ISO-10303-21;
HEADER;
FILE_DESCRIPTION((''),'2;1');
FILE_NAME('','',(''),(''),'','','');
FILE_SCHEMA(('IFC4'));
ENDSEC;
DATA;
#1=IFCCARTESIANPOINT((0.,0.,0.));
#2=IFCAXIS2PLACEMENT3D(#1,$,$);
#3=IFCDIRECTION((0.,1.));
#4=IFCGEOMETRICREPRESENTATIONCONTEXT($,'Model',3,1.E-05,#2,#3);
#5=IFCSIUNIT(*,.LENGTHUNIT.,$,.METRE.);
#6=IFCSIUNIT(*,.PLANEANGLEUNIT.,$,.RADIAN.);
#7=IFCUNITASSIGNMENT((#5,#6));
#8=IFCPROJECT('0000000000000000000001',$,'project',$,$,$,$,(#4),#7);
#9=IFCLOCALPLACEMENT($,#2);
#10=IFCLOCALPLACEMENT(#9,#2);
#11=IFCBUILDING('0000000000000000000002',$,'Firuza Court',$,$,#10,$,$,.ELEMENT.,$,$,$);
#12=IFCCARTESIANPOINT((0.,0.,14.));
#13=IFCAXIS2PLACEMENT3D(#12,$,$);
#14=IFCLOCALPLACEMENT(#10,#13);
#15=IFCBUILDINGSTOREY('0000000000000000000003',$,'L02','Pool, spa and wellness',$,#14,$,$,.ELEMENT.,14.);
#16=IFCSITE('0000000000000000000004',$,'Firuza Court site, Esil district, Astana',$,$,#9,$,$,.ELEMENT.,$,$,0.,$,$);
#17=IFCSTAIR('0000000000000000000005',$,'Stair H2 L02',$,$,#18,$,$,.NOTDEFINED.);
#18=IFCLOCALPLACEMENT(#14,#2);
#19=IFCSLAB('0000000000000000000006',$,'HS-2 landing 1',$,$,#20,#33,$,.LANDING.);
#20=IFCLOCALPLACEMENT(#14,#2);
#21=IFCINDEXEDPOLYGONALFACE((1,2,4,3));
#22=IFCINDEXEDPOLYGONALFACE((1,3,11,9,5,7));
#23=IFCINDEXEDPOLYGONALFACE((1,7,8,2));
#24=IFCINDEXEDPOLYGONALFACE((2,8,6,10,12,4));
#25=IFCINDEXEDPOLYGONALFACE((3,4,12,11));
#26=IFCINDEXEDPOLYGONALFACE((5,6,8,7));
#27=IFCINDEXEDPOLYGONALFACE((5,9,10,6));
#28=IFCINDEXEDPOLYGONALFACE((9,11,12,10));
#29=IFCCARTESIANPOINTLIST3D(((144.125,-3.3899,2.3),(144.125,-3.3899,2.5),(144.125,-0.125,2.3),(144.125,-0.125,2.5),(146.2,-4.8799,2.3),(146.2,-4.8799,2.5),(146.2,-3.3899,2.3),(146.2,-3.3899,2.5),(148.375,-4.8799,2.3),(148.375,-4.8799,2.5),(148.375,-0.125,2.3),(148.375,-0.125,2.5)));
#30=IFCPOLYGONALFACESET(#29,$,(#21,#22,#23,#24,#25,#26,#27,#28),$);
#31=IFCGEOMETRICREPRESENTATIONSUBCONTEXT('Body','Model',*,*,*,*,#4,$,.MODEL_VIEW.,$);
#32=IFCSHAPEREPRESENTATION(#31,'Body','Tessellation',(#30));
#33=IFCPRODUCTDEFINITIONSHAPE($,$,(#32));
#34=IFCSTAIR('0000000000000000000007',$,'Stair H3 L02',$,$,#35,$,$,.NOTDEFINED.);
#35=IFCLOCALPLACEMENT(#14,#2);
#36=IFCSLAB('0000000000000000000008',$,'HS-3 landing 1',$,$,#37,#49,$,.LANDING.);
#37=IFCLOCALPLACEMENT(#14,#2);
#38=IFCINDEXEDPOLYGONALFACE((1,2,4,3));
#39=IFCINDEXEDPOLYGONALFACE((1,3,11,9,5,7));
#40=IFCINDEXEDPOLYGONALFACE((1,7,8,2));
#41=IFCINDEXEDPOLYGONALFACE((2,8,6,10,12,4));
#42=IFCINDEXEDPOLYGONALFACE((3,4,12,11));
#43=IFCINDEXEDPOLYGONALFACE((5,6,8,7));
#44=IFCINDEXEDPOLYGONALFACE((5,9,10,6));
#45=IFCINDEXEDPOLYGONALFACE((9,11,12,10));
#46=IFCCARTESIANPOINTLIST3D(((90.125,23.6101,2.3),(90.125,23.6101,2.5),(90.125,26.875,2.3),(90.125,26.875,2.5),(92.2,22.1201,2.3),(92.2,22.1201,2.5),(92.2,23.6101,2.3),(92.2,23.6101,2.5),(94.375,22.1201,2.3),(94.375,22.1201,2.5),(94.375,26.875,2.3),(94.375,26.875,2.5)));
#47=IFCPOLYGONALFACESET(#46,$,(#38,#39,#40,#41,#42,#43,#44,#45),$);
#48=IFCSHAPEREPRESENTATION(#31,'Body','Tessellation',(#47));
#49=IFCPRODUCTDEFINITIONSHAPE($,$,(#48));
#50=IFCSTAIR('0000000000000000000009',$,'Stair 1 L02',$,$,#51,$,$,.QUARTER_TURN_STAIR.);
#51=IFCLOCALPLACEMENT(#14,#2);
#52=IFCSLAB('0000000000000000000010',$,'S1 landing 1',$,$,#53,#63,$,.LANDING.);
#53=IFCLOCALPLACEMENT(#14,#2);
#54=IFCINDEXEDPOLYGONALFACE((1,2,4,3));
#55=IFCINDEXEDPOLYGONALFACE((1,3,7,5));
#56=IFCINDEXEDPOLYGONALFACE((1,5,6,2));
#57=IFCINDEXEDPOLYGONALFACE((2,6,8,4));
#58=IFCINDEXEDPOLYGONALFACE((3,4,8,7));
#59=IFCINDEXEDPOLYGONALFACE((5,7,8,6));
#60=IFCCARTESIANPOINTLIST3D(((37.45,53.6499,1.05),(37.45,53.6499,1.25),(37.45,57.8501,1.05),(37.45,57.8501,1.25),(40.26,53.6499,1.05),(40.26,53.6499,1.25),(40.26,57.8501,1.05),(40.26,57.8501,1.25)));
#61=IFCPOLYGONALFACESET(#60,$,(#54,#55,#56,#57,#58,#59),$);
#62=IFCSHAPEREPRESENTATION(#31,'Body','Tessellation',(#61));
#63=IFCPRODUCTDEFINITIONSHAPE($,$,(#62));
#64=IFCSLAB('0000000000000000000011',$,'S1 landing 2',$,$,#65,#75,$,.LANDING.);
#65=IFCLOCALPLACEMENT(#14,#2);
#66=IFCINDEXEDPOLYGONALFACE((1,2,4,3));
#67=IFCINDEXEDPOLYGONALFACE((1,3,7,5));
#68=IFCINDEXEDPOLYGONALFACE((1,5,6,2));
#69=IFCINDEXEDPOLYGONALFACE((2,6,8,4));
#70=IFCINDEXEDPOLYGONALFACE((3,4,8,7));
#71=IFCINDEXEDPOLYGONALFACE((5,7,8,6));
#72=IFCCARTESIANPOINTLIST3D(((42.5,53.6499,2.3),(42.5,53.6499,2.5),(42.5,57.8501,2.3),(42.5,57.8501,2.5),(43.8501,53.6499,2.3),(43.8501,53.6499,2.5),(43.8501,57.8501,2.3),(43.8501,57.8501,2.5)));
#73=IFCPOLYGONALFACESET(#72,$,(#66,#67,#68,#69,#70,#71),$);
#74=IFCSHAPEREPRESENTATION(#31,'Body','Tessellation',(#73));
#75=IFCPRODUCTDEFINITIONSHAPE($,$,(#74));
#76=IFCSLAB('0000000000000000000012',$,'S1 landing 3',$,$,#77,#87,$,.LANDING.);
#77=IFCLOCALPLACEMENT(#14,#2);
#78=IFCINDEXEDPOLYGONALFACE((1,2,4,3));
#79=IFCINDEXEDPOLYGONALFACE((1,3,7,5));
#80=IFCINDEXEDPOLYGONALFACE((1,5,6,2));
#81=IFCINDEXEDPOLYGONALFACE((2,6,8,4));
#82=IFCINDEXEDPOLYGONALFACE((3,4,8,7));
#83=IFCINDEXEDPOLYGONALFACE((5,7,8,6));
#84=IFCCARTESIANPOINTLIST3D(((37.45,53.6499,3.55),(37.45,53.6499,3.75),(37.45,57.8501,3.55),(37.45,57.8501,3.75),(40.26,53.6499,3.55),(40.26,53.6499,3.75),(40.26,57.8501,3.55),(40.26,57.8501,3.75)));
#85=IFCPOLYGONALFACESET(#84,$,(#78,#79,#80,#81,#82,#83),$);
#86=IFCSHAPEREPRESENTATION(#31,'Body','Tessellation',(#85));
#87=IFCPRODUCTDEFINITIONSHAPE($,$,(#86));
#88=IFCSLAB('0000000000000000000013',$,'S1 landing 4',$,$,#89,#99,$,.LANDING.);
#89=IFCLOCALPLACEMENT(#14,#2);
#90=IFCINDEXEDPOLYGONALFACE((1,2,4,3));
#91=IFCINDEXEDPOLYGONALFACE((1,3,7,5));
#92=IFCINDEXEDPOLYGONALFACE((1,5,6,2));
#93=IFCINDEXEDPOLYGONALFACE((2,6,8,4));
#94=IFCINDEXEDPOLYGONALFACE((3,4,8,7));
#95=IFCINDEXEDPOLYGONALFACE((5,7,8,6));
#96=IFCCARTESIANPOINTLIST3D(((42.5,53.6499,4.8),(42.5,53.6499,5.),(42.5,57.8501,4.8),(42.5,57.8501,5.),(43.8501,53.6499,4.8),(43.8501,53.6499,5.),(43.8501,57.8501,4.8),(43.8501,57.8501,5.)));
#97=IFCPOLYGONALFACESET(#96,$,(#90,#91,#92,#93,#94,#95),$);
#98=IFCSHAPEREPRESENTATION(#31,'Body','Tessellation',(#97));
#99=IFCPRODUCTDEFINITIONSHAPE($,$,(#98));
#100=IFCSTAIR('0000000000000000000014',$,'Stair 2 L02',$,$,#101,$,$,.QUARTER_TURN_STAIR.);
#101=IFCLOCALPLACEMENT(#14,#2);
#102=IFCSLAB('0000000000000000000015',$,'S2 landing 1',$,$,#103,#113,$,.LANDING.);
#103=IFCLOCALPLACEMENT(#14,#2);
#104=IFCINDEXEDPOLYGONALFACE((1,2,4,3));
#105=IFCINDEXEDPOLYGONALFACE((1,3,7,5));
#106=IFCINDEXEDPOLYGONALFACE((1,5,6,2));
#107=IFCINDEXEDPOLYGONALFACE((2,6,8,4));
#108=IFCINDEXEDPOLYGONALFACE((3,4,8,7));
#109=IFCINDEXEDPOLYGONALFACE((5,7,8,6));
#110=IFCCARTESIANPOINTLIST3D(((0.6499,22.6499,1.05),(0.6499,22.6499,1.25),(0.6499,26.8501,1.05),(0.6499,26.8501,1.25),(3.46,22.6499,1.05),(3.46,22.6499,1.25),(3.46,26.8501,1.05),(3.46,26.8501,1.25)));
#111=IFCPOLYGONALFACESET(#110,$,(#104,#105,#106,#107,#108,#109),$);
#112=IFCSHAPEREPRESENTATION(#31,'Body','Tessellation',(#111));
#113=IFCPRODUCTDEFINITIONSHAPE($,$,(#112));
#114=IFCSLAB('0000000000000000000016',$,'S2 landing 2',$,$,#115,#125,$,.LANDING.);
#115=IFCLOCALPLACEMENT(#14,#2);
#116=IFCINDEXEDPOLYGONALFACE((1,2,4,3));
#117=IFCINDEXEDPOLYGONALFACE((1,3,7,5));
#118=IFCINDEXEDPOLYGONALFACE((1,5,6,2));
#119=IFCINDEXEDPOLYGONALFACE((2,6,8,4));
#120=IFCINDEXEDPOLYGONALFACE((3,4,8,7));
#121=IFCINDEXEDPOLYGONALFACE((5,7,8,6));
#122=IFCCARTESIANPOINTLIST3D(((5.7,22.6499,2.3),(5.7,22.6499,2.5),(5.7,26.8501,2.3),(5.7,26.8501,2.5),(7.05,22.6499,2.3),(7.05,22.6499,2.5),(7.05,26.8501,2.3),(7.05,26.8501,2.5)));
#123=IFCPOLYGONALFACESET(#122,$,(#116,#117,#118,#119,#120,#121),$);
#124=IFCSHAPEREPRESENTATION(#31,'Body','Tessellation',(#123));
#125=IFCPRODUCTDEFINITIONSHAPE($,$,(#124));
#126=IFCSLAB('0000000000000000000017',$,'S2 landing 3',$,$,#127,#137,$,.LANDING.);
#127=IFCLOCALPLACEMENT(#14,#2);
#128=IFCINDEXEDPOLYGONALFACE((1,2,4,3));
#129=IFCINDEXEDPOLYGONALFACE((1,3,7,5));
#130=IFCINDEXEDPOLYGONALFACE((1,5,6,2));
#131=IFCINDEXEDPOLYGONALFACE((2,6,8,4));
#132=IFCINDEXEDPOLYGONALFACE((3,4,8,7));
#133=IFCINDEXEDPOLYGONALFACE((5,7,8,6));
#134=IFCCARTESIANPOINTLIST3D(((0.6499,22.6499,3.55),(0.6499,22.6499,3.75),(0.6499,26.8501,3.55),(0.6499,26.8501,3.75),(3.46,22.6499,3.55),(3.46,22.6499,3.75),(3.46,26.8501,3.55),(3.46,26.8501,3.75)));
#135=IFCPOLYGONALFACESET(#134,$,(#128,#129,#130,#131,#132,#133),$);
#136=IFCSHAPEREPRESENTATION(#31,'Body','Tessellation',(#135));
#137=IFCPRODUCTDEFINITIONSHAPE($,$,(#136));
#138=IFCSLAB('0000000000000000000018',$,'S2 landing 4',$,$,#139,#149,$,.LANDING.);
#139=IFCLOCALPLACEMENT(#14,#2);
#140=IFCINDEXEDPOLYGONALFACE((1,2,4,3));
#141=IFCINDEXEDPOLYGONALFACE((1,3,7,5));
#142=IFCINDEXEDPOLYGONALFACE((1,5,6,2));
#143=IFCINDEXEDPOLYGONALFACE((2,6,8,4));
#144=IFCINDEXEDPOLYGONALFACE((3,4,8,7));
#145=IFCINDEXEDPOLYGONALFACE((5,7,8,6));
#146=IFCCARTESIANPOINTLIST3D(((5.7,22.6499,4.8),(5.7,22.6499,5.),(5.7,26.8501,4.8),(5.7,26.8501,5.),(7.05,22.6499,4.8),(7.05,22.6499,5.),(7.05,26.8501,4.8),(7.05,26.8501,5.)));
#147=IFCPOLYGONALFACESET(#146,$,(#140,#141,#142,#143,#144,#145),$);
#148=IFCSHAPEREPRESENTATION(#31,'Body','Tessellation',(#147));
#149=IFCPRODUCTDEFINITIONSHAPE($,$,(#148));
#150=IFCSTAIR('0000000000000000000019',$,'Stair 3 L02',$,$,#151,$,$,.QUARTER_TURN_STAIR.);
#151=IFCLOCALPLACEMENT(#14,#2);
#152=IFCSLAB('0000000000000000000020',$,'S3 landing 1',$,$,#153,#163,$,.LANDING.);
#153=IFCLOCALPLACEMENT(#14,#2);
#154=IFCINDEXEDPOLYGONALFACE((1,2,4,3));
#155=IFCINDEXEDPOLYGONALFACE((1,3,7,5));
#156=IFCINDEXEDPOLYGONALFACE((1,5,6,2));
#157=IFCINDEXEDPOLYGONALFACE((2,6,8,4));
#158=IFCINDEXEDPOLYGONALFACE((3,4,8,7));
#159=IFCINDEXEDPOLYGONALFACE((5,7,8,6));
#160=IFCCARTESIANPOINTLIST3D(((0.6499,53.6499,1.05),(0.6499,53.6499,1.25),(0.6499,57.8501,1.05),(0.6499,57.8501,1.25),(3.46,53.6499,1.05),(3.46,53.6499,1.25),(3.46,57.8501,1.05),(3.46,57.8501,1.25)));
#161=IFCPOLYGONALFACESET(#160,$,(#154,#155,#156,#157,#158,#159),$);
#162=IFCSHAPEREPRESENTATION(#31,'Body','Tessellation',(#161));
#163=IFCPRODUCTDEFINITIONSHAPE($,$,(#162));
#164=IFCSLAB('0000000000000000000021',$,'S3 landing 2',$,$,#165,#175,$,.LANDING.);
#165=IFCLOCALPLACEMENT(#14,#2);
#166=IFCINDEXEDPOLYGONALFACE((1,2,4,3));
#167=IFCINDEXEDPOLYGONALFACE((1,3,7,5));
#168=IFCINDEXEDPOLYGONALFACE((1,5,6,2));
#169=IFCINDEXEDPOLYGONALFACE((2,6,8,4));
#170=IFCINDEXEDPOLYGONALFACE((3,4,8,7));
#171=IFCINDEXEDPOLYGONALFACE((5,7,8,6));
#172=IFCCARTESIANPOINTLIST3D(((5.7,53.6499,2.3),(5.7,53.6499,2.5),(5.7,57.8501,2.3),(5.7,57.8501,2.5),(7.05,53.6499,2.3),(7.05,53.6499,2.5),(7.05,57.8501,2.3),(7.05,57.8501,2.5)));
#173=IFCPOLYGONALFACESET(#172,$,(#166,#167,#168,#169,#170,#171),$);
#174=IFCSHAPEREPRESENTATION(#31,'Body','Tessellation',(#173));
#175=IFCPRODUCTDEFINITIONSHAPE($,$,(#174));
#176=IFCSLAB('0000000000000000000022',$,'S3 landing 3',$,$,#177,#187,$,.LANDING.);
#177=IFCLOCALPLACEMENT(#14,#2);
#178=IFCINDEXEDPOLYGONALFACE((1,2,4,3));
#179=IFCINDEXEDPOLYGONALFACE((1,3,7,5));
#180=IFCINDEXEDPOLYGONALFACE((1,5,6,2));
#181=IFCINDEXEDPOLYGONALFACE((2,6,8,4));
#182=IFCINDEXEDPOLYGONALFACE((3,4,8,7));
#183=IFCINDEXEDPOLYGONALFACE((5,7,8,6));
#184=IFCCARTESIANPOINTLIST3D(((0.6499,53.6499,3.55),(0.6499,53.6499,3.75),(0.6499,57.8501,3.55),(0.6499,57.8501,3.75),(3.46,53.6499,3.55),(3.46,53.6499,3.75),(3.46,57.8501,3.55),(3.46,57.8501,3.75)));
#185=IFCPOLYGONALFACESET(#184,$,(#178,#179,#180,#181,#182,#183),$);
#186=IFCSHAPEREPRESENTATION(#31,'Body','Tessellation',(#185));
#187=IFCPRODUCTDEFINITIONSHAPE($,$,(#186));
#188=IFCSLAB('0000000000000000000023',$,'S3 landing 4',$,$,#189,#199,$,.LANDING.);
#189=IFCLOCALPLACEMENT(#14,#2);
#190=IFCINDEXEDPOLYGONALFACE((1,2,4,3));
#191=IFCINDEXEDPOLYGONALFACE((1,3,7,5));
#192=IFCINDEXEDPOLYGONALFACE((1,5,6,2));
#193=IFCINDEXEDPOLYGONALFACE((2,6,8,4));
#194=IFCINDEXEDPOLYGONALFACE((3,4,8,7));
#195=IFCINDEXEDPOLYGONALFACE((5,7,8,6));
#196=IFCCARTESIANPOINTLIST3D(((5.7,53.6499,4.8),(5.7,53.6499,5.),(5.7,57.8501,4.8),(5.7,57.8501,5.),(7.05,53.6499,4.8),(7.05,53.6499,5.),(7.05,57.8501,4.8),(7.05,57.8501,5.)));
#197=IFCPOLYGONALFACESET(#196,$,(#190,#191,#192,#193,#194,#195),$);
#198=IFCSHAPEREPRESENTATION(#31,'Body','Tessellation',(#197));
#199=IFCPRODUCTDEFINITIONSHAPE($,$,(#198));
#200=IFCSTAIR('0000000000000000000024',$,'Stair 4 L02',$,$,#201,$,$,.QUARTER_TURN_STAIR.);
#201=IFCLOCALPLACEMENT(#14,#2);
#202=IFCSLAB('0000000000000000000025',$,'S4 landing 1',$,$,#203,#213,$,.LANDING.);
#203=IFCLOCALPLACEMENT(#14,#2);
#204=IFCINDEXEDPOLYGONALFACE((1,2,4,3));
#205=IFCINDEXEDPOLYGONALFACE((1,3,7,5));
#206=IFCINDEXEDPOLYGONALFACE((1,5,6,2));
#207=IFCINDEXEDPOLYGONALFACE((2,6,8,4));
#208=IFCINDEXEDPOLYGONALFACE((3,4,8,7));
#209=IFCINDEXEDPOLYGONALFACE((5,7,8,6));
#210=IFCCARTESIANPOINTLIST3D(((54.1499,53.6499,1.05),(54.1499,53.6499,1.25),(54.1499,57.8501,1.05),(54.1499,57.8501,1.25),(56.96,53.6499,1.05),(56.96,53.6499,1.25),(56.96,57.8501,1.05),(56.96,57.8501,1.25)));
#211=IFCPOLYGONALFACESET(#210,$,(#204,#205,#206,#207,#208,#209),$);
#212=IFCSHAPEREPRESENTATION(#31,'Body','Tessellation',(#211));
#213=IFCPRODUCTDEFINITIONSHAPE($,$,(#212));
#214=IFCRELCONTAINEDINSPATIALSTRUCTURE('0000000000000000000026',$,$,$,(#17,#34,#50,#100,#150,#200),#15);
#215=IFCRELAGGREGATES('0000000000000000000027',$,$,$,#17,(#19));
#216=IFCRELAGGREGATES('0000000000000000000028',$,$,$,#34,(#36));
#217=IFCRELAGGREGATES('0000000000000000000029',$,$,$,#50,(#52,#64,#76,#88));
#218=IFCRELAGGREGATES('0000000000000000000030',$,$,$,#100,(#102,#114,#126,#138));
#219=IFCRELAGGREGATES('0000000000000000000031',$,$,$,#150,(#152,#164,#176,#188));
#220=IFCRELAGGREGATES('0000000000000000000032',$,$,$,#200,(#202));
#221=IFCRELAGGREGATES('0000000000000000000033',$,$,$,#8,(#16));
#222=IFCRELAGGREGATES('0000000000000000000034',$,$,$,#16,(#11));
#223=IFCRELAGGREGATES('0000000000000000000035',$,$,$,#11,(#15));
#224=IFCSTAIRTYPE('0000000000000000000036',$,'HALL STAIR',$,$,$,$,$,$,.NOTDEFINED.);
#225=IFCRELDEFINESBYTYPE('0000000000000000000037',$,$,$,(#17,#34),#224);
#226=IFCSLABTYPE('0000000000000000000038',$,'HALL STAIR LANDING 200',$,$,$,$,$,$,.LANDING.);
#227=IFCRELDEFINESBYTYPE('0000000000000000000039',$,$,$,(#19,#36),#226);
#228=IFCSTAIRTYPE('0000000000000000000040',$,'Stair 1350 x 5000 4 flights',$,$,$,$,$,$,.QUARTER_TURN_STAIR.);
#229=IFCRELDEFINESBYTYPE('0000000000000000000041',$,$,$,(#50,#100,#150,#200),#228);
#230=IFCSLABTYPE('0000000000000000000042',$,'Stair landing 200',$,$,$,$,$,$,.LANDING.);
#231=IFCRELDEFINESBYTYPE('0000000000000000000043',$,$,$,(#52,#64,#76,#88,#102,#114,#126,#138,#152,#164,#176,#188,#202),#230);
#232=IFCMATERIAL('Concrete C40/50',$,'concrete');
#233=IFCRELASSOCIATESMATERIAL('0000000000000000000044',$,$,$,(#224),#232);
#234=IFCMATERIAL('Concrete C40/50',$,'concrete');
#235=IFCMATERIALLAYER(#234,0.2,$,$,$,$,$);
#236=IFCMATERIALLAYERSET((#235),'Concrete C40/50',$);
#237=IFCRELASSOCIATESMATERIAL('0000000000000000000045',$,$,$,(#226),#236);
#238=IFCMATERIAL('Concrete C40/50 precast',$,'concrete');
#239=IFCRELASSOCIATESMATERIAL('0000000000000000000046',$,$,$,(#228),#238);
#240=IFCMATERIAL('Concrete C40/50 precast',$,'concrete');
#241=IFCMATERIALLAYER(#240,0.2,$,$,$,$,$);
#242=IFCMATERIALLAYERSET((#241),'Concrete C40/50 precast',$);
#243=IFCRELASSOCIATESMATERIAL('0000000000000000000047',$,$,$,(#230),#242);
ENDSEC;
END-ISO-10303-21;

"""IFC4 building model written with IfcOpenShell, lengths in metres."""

from ifc_helpers import new_model, si_unit, direction, frame, origin, place, context, subcontext, project, spatial, polyline, outline, extrude, material, layer, layer_set, type_object, element, aggregate, save


model = new_model("IFC4")

# Units and contexts
model_context = context("Model", 3, precision=1e-05, world=origin(), true_north=direction((0.0, 1.0)))
body_context = subcontext(model_context, "Body", "Model", "MODEL_VIEW")
ifc_project = project(units=[si_unit("LENGTHUNIT", "METRE"), si_unit("PLANEANGLEUNIT", "RADIAN")], contexts=[model_context])

# Site, building, storey
site_placement = place(None, origin())
site = spatial("IfcSite", under=ifc_project, at=site_placement, Name="Firuza Court site, Esil district, Astana", CompositionType="ELEMENT", RefElevation=0.0)
building_placement = place(site_placement, origin())
building = spatial("IfcBuilding", under=site, at=building_placement, Name="Firuza Court", CompositionType="ELEMENT")
storey_placement = place(building_placement, frame((0.0, 0.0, 14.0)))
storey = spatial("IfcBuildingStorey", under=building, at=storey_placement, Name="L02", Description="Pool, spa and wellness", CompositionType="ELEMENT", Elevation=14.0)

# Stairs, slabs
ifc_material_1 = material(Name="Concrete C40/50", Category="concrete")
stair_type_1 = type_object("IfcStairType", Name="HALL STAIR", PredefinedType="NOTDEFINED", material=ifc_material_1)
ifc_material_2 = material(Name="Concrete C40/50", Category="concrete")
ifc_layer_1 = layer(ifc_material_2, 0.2)
ifc_layer_set_1 = layer_set([ifc_layer_1], Name="Concrete C40/50")
slab_type_1 = type_object("IfcSlabType", Name="HALL STAIR LANDING 200", PredefinedType="LANDING", material=ifc_layer_set_1)
stair_1_placement = place(storey_placement, origin())
stair_1 = element("IfcStair", 1, at=stair_1_placement, inside=storey, type_object=stair_type_1, Name="Stair H2 L02", PredefinedType="NOTDEFINED")
slab_1_placement = place(storey_placement, frame((0.0, 0.0, 2.3)))
slab_1 = element("IfcSlab", 2, at=slab_1_placement, type_object=slab_type_1, Name="HS-2 landing 1", PredefinedType="LANDING", context=body_context, shape_type="SweptSolid", body=[
    extrude(outline(polyline([(144.125, -3.3899), (146.2, -3.3899), (146.2, -4.8799), (148.375, -4.8799), (148.375, -0.125), (144.125, -0.125), (144.125, -3.3899)])), origin(), (0.0, 0.0, 1.0), 0.2),
])
aggregate(stair_1, [slab_1])
stair_2_placement = place(storey_placement, origin())
stair_2 = element("IfcStair", 3, at=stair_2_placement, inside=storey, type_object=stair_type_1, Name="Stair H3 L02", PredefinedType="NOTDEFINED")
slab_2_placement = place(storey_placement, frame((0.0, 0.0, 2.3)))
slab_2 = element("IfcSlab", 4, at=slab_2_placement, type_object=slab_type_1, Name="HS-3 landing 1", PredefinedType="LANDING", context=body_context, shape_type="SweptSolid", body=[
    extrude(outline(polyline([(90.125, 23.6101), (92.2, 23.6101), (92.2, 22.1201), (94.375, 22.1201), (94.375, 26.875), (90.125, 26.875), (90.125, 23.6101)])), origin(), (0.0, 0.0, 1.0), 0.2),
])
aggregate(stair_2, [slab_2])

# Stairs, slabs
ifc_material_3 = material(Name="Concrete C40/50 precast", Category="concrete")
stair_type_2 = type_object("IfcStairType", Name="Stair 1350 x 5000 4 flights", PredefinedType="QUARTER_TURN_STAIR", material=ifc_material_3)
stair_3_placement = place(storey_placement, origin())
stair_3 = element("IfcStair", 5, at=stair_3_placement, inside=storey, type_object=stair_type_2, Name="Stair 1 L02", PredefinedType="QUARTER_TURN_STAIR")
ifc_material_4 = material(Name="Concrete C40/50 precast", Category="concrete")
ifc_layer_2 = layer(ifc_material_4, 0.2)
ifc_layer_set_2 = layer_set([ifc_layer_2], Name="Concrete C40/50 precast")
slab_type_2 = type_object("IfcSlabType", Name="Stair landing 200", PredefinedType="LANDING", material=ifc_layer_set_2)
slab_3_placement = place(storey_placement, frame((0.0, 0.0, 1.05)))
slab_3 = element("IfcSlab", 6, at=slab_3_placement, type_object=slab_type_2, Name="S1 landing 1", PredefinedType="LANDING", context=body_context, shape_type="SweptSolid", body=[
    extrude(outline(polyline([(40.26, 53.6499), (40.26, 57.8501), (37.45, 57.8501), (37.45, 53.6499), (40.26, 53.6499)])), origin(), (0.0, 0.0, 1.0), 0.2),
])
slab_4_placement = place(storey_placement, frame((0.0, 0.0, 2.3)))
slab_4 = element("IfcSlab", 7, at=slab_4_placement, type_object=slab_type_2, Name="S1 landing 2", PredefinedType="LANDING", context=body_context, shape_type="SweptSolid", body=[
    extrude(outline(polyline([(43.8501, 53.6499), (43.8501, 57.8501), (42.5, 57.8501), (42.5, 53.6499), (43.8501, 53.6499)])), origin(), (0.0, 0.0, 1.0), 0.2),
])
slab_5_placement = place(storey_placement, frame((0.0, 0.0, 3.55)))
slab_5 = element("IfcSlab", 8, at=slab_5_placement, type_object=slab_type_2, Name="S1 landing 3", PredefinedType="LANDING", context=body_context, shape_type="SweptSolid", body=[
    extrude(outline(polyline([(40.26, 53.6499), (40.26, 57.8501), (37.45, 57.8501), (37.45, 53.6499), (40.26, 53.6499)])), origin(), (0.0, 0.0, 1.0), 0.2),
])
slab_6_placement = place(storey_placement, frame((0.0, 0.0, 4.8)))
slab_6 = element("IfcSlab", 9, at=slab_6_placement, type_object=slab_type_2, Name="S1 landing 4", PredefinedType="LANDING", context=body_context, shape_type="SweptSolid", body=[
    extrude(outline(polyline([(43.8501, 53.6499), (43.8501, 57.8501), (42.5, 57.8501), (42.5, 53.6499), (43.8501, 53.6499)])), origin(), (0.0, 0.0, 1.0), 0.2),
])
aggregate(stair_3, [slab_3, slab_4, slab_5, slab_6])
stair_4_placement = place(storey_placement, origin())
stair_4 = element("IfcStair", 10, at=stair_4_placement, inside=storey, type_object=stair_type_2, Name="Stair 2 L02", PredefinedType="QUARTER_TURN_STAIR")
slab_7_placement = place(storey_placement, frame((0.0, 0.0, 1.05)))
slab_7 = element("IfcSlab", 11, at=slab_7_placement, type_object=slab_type_2, Name="S2 landing 1", PredefinedType="LANDING", context=body_context, shape_type="SweptSolid", body=[
    extrude(outline(polyline([(3.46, 22.6499), (3.46, 26.8501), (0.6499, 26.8501), (0.6499, 22.6499), (3.46, 22.6499)])), origin(), (0.0, 0.0, 1.0), 0.2),
])
slab_8_placement = place(storey_placement, frame((0.0, 0.0, 2.3)))
slab_8 = element("IfcSlab", 12, at=slab_8_placement, type_object=slab_type_2, Name="S2 landing 2", PredefinedType="LANDING", context=body_context, shape_type="SweptSolid", body=[
    extrude(outline(polyline([(7.05, 22.6499), (7.05, 26.8501), (5.7, 26.8501), (5.7, 22.6499), (7.05, 22.6499)])), origin(), (0.0, 0.0, 1.0), 0.2),
])
slab_9_placement = place(storey_placement, frame((0.0, 0.0, 3.55)))
slab_9 = element("IfcSlab", 13, at=slab_9_placement, type_object=slab_type_2, Name="S2 landing 3", PredefinedType="LANDING", context=body_context, shape_type="SweptSolid", body=[
    extrude(outline(polyline([(3.46, 22.6499), (3.46, 26.8501), (0.6499, 26.8501), (0.6499, 22.6499), (3.46, 22.6499)])), origin(), (0.0, 0.0, 1.0), 0.2),
])
slab_10_placement = place(storey_placement, frame((0.0, 0.0, 4.8)))
slab_10 = element("IfcSlab", 14, at=slab_10_placement, type_object=slab_type_2, Name="S2 landing 4", PredefinedType="LANDING", context=body_context, shape_type="SweptSolid", body=[
    extrude(outline(polyline([(7.05, 22.6499), (7.05, 26.8501), (5.7, 26.8501), (5.7, 22.6499), (7.05, 22.6499)])), origin(), (0.0, 0.0, 1.0), 0.2),
])
aggregate(stair_4, [slab_7, slab_8, slab_9, slab_10])
stair_5_placement = place(storey_placement, origin())
stair_5 = element("IfcStair", 15, at=stair_5_placement, inside=storey, type_object=stair_type_2, Name="Stair 3 L02", PredefinedType="QUARTER_TURN_STAIR")
slab_11_placement = place(storey_placement, frame((0.0, 0.0, 1.05)))
slab_11 = element("IfcSlab", 16, at=slab_11_placement, type_object=slab_type_2, Name="S3 landing 1", PredefinedType="LANDING", context=body_context, shape_type="SweptSolid", body=[
    extrude(outline(polyline([(3.46, 53.6499), (3.46, 57.8501), (0.6499, 57.8501), (0.6499, 53.6499), (3.46, 53.6499)])), origin(), (0.0, 0.0, 1.0), 0.2),
])
slab_12_placement = place(storey_placement, frame((0.0, 0.0, 2.3)))
slab_12 = element("IfcSlab", 17, at=slab_12_placement, type_object=slab_type_2, Name="S3 landing 2", PredefinedType="LANDING", context=body_context, shape_type="SweptSolid", body=[
    extrude(outline(polyline([(7.05, 53.6499), (7.05, 57.8501), (5.7, 57.8501), (5.7, 53.6499), (7.05, 53.6499)])), origin(), (0.0, 0.0, 1.0), 0.2),
])
slab_13_placement = place(storey_placement, frame((0.0, 0.0, 3.55)))
slab_13 = element("IfcSlab", 18, at=slab_13_placement, type_object=slab_type_2, Name="S3 landing 3", PredefinedType="LANDING", context=body_context, shape_type="SweptSolid", body=[
    extrude(outline(polyline([(3.46, 53.6499), (3.46, 57.8501), (0.6499, 57.8501), (0.6499, 53.6499), (3.46, 53.6499)])), origin(), (0.0, 0.0, 1.0), 0.2),
])
slab_14_placement = place(storey_placement, frame((0.0, 0.0, 4.8)))
slab_14 = element("IfcSlab", 19, at=slab_14_placement, type_object=slab_type_2, Name="S3 landing 4", PredefinedType="LANDING", context=body_context, shape_type="SweptSolid", body=[
    extrude(outline(polyline([(7.05, 53.6499), (7.05, 57.8501), (5.7, 57.8501), (5.7, 53.6499), (7.05, 53.6499)])), origin(), (0.0, 0.0, 1.0), 0.2),
])
aggregate(stair_5, [slab_11, slab_12, slab_13, slab_14])
stair_6_placement = place(storey_placement, origin())
stair_6 = element("IfcStair", 20, at=stair_6_placement, inside=storey, type_object=stair_type_2, Name="Stair 4 L02", PredefinedType="QUARTER_TURN_STAIR")
slab_15_placement = place(storey_placement, frame((0.0, 0.0, 1.05)))
slab_15 = element("IfcSlab", 21, at=slab_15_placement, type_object=slab_type_2, Name="S4 landing 1", PredefinedType="LANDING", context=body_context, shape_type="SweptSolid", body=[
    extrude(outline(polyline([(56.96, 53.6499), (56.96, 57.8501), (54.1499, 57.8501), (54.1499, 53.6499), (56.96, 53.6499)])), origin(), (0.0, 0.0, 1.0), 0.2),
])
aggregate(stair_6, [slab_15])

save(model, "model.ifc")
